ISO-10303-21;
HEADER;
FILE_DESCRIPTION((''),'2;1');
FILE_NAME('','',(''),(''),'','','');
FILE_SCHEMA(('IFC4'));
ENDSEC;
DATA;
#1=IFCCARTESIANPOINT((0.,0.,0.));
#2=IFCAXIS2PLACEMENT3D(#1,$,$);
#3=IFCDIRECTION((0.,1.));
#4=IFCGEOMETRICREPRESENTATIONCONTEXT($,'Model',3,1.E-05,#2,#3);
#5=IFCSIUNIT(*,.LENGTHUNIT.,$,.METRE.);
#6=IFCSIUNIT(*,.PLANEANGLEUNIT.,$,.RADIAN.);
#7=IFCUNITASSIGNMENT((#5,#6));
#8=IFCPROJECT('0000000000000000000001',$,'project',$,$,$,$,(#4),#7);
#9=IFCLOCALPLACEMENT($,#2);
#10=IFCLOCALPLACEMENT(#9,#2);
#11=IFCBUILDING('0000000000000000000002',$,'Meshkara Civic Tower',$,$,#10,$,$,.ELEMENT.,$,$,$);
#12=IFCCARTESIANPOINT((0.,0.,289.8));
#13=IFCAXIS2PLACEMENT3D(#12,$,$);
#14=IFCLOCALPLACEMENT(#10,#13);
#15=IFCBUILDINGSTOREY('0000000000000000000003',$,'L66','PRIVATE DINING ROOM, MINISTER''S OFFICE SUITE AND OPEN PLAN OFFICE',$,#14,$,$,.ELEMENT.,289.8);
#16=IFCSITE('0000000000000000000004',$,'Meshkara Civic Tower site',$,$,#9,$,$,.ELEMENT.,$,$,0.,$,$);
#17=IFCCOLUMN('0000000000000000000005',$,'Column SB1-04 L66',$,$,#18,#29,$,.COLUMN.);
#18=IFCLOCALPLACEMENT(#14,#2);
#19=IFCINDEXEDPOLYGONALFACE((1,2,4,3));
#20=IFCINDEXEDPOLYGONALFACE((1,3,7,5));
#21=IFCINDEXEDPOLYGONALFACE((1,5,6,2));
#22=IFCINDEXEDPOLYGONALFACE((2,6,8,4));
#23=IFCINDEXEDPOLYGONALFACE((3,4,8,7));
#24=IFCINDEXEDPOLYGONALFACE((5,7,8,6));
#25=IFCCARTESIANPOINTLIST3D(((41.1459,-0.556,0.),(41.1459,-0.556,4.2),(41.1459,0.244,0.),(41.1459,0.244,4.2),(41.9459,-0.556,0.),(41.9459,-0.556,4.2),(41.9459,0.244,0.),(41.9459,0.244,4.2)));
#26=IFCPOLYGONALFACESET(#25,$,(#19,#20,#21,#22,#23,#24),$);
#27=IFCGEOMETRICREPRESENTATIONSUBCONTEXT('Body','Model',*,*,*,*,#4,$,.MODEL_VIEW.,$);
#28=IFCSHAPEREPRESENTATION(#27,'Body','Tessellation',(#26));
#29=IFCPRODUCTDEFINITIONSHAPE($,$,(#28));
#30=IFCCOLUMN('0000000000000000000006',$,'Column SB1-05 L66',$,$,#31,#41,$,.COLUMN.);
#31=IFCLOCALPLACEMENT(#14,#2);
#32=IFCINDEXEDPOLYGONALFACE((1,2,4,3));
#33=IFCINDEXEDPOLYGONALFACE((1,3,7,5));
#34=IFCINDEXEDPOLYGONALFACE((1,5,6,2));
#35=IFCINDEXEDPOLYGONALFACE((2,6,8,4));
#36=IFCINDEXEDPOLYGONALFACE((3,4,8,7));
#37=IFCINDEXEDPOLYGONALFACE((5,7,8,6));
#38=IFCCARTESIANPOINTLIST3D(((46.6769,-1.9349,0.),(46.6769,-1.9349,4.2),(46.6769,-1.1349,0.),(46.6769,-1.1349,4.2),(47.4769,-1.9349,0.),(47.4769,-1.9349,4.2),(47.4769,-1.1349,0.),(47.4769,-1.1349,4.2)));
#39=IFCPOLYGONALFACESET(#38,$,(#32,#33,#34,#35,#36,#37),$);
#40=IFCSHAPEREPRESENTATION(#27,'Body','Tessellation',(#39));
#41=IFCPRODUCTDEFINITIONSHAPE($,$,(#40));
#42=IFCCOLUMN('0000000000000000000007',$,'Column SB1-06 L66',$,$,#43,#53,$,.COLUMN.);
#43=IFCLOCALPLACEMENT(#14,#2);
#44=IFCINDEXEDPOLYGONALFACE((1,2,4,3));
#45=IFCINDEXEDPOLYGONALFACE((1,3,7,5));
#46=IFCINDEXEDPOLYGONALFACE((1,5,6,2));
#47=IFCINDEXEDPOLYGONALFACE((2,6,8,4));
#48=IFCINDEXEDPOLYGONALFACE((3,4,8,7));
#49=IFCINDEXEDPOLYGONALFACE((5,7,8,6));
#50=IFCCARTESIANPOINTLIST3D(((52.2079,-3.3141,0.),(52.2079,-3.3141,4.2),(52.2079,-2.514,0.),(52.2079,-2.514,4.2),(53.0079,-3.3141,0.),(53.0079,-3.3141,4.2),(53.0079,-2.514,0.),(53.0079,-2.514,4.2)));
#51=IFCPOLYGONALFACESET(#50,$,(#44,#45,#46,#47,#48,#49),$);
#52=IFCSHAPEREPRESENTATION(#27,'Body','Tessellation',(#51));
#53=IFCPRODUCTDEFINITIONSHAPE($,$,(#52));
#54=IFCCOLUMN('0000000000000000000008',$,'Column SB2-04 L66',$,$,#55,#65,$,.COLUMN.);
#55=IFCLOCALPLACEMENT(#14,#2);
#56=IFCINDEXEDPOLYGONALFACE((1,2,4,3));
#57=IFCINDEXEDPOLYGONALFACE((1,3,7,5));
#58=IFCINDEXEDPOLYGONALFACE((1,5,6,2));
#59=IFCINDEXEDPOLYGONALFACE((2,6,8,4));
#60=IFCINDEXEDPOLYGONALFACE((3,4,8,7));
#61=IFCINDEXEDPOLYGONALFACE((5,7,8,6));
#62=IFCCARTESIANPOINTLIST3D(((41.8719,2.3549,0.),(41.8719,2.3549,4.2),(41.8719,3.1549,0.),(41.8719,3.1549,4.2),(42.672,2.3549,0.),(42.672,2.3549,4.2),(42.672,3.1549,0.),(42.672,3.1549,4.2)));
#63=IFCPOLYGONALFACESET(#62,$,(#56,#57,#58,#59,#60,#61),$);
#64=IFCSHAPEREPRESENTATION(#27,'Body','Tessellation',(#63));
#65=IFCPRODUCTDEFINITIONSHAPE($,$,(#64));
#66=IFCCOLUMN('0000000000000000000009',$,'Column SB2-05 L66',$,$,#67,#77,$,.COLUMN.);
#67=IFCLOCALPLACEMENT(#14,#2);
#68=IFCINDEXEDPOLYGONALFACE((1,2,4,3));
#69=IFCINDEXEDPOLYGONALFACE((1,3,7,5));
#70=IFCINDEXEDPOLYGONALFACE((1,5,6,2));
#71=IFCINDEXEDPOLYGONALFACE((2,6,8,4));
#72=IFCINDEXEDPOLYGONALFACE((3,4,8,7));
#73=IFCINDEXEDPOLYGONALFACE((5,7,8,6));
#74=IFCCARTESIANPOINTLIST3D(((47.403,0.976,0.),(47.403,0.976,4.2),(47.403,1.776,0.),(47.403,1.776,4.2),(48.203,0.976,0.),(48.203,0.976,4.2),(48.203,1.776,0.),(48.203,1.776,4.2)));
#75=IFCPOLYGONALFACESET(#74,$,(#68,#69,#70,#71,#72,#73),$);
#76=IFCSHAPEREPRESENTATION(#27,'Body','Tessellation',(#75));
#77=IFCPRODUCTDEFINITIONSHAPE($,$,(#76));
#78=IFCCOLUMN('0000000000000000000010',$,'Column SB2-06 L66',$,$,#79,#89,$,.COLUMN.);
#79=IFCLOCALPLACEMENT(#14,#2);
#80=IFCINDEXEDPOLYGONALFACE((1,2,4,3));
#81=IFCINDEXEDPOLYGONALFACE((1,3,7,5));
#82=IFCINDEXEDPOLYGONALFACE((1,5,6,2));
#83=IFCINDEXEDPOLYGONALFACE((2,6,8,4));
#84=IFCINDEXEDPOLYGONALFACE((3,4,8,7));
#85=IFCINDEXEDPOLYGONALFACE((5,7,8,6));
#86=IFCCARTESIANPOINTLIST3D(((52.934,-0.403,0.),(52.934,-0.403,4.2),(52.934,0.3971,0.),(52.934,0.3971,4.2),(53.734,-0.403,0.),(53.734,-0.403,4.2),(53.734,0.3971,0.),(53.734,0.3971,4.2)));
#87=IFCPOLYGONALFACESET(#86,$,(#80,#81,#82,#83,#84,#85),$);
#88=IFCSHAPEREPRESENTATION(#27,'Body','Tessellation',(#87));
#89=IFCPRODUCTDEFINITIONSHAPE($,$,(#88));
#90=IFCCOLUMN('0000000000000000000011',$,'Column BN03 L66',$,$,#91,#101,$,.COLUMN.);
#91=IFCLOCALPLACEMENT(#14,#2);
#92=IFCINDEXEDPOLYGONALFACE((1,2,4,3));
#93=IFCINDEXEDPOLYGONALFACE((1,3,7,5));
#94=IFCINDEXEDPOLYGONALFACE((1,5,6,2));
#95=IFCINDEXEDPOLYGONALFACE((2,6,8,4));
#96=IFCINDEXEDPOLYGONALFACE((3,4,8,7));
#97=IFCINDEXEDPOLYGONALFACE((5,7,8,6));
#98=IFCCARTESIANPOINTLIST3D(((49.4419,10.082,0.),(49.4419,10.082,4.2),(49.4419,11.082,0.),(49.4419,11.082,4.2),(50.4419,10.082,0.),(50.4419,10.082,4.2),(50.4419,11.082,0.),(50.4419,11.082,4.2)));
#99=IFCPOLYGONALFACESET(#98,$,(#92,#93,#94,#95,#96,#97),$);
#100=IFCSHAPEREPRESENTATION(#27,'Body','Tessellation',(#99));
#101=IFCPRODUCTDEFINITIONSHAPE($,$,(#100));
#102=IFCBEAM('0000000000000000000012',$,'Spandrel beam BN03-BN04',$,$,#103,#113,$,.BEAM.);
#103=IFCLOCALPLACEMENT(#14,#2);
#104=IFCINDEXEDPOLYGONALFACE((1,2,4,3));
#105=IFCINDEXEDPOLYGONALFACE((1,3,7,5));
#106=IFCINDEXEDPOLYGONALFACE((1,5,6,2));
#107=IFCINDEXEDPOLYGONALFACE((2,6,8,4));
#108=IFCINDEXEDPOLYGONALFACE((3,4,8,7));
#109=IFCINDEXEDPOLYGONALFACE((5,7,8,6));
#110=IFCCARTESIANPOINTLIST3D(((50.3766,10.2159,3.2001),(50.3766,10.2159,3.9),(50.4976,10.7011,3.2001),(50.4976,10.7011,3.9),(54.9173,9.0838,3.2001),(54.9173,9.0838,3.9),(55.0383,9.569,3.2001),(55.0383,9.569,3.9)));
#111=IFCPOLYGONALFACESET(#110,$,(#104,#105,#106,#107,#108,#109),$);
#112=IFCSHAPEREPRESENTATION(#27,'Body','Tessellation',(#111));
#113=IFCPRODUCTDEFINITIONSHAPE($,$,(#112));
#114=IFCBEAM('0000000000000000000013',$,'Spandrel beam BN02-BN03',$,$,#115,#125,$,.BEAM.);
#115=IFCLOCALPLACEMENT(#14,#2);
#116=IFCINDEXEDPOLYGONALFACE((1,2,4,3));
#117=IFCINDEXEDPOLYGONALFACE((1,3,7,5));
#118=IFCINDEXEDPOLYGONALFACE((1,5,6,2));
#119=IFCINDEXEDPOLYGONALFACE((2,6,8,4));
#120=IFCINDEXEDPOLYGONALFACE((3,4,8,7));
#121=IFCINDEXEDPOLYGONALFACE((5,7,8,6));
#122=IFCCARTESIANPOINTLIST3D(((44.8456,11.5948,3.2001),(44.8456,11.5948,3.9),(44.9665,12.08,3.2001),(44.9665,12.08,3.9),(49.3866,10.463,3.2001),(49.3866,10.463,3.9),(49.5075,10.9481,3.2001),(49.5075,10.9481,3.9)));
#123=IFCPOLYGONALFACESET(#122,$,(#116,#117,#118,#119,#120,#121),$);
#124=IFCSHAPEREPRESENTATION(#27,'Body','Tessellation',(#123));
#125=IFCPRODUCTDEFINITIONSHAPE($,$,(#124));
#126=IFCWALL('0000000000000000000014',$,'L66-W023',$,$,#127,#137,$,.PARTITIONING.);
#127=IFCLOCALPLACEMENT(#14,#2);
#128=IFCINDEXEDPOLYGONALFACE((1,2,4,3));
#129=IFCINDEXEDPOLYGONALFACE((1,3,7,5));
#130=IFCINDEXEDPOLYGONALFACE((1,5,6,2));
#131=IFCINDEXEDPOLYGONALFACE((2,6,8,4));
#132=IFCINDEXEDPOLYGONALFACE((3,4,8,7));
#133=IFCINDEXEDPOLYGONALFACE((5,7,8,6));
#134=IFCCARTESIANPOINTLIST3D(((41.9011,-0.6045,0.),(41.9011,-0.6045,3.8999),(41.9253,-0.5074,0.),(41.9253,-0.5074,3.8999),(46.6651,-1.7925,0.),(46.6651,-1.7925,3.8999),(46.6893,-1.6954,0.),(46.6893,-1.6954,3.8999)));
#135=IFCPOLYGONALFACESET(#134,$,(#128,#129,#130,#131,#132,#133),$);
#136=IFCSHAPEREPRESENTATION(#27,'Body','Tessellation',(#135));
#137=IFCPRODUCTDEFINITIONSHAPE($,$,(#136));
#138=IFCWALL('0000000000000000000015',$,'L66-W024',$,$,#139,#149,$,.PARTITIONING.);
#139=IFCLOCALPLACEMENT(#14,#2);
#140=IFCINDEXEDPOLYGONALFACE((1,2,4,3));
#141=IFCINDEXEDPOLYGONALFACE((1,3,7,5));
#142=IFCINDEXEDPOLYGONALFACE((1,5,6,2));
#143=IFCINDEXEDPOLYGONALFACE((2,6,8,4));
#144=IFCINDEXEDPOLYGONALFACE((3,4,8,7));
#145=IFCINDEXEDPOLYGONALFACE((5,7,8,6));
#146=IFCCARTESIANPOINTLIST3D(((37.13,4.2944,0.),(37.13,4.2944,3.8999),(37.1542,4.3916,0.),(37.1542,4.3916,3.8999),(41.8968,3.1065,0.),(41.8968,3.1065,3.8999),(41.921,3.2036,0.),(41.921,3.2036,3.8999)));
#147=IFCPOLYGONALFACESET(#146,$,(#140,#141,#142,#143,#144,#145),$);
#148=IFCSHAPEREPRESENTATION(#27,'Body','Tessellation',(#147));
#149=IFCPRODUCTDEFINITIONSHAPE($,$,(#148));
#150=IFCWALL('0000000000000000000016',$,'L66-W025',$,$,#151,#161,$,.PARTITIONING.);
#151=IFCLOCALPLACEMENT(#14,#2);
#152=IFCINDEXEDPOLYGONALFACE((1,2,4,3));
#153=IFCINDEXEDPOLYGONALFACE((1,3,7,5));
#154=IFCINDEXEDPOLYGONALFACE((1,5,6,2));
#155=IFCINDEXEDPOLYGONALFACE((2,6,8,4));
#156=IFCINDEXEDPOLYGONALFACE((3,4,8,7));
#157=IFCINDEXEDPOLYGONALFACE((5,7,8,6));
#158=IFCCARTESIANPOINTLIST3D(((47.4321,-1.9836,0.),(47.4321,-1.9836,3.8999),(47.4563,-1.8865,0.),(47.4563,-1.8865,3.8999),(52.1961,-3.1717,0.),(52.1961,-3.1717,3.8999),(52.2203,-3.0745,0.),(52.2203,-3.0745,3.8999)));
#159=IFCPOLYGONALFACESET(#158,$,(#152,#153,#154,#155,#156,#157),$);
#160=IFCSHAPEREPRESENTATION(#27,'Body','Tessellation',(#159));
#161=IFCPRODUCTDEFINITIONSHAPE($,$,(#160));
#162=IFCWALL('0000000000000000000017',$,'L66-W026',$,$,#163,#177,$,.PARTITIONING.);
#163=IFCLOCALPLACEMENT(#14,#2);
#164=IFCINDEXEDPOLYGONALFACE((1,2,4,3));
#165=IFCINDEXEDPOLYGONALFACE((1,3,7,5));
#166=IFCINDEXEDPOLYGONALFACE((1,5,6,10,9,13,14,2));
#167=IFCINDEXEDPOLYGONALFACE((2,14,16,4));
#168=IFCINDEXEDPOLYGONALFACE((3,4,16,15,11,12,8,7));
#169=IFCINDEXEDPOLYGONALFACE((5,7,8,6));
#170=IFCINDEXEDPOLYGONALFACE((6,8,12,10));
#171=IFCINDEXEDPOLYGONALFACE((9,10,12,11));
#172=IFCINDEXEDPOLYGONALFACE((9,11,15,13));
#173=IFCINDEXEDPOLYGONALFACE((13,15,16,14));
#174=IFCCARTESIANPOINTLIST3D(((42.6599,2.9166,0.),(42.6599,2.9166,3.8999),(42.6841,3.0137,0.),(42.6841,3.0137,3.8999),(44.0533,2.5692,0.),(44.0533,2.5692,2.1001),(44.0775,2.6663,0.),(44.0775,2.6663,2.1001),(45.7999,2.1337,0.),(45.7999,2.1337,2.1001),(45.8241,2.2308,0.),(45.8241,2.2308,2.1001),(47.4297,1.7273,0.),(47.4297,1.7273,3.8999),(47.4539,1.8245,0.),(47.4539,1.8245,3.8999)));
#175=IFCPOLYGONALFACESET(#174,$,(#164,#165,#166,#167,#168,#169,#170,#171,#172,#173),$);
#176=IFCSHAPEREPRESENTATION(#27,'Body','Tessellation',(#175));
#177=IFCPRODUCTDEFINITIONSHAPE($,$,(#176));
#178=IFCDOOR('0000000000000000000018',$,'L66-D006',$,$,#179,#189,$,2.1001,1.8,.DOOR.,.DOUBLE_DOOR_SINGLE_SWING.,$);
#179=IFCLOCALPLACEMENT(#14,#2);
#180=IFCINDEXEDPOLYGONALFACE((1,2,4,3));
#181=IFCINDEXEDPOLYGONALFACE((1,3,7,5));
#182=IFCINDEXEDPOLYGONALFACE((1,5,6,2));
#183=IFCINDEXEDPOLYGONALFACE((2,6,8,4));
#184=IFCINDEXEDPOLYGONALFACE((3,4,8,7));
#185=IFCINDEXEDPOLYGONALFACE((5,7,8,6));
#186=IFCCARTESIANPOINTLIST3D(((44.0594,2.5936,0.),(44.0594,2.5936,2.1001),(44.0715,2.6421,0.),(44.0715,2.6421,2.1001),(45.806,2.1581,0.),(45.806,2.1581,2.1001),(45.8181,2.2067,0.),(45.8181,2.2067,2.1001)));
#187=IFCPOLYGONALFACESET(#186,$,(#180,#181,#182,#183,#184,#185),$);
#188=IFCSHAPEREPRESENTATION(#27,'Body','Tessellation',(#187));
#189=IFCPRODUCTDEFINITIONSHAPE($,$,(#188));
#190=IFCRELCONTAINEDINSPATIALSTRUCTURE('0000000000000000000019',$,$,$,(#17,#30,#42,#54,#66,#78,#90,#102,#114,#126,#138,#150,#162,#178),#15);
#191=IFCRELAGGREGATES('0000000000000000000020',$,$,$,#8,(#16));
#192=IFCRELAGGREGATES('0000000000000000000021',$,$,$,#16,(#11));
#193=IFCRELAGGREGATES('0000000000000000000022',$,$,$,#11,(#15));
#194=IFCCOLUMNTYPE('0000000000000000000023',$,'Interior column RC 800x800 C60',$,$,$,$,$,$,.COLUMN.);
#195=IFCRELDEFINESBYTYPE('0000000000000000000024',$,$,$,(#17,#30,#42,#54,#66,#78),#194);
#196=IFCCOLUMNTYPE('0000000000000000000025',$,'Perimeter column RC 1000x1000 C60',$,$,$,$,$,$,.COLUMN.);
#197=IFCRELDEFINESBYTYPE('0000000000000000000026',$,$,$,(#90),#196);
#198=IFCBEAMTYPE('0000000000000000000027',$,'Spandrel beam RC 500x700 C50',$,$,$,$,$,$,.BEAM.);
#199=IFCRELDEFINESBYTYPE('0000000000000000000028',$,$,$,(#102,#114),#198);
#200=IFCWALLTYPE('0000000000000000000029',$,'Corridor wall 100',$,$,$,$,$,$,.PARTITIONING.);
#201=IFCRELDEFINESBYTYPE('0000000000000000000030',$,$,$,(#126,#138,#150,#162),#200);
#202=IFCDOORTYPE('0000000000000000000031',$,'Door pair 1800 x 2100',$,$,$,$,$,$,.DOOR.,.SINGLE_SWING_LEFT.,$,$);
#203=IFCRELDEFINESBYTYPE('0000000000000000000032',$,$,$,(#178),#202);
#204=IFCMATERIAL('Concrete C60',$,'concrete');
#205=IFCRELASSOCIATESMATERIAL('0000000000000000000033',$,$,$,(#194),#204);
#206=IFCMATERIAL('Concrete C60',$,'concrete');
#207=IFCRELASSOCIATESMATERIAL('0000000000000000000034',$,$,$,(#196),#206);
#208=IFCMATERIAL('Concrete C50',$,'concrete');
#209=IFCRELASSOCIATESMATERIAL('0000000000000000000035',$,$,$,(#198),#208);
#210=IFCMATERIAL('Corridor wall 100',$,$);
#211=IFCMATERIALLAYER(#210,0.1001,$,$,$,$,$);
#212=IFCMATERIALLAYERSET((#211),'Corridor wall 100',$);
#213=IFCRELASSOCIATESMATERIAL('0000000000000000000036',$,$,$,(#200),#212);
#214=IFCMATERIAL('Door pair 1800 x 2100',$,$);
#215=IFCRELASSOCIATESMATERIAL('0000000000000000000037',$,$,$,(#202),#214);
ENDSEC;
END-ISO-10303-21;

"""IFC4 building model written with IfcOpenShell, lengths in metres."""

from ifc_helpers import new_model, si_unit, direction, frame, frame_2d, origin, origin_2d, place, context, subcontext, project, spatial, rectangle, extrude, material, layer, layer_set, material_profile, profile_set, type_object, element, fill, save


model = new_model("IFC4")

# Units and contexts
model_context = context("Model", 3, precision=1e-05, world=origin(), true_north=direction((0.0, 1.0)))
body_context = subcontext(model_context, "Body", "Model", "MODEL_VIEW")
ifc_project = project(units=[si_unit("LENGTHUNIT", "METRE"), si_unit("PLANEANGLEUNIT", "RADIAN")], contexts=[model_context])

# Site, building, storey
site_placement = place(None, origin())
site = spatial("IfcSite", under=ifc_project, at=site_placement, Name="Meshkara Civic Tower site", CompositionType="ELEMENT", RefElevation=0.0)
building_placement = place(site_placement, origin())
building = spatial("IfcBuilding", under=site, at=building_placement, Name="Meshkara Civic Tower", CompositionType="ELEMENT")
storey_placement = place(building_placement, frame((0.0, 0.0, 289.8)))
storey = spatial("IfcBuildingStorey", under=building, at=storey_placement, Name="L66", Description="PRIVATE DINING ROOM, MINISTER'S OFFICE SUITE AND OPEN PLAN OFFICE", CompositionType="ELEMENT", Elevation=289.8)

# Columns
ifc_material_1 = material(Name="Concrete C60", Category="concrete")
ifc_material_profile_1 = material_profile(ifc_material_1, rectangle(XDim=0.8, YDim=0.8, at=origin_2d()))
ifc_profile_set_1 = profile_set([ifc_material_profile_1], Name="Concrete C60")
column_type_1 = type_object("IfcColumnType", Name="Interior column RC 800x800 C60", PredefinedType="COLUMN", material=ifc_profile_set_1)
for number, where, z_axis, x_axis, name in (
    (1, (41.5459, -0.156, 0.0), (0.0, 0.0, 1.0), (1.0, 0.0, 0.0), "Column SB1-04 L66"),
    (2, (47.0769, -1.5349, 0.0), (0.0, 0.0, 1.0), (1.0, 0.0, 0.0), "Column SB1-05 L66"),
    (3, (52.6079, -2.9141, 0.0), (0.0, 0.0, 1.0), (1.0, 0.0, 0.0), "Column SB1-06 L66"),
    (4, (42.272, 2.7549, 0.0), (0.0, 0.0, 1.0), (1.0, 0.0, 0.0), "Column SB2-04 L66"),
    (5, (47.803, 1.376, 0.0), (0.0, 0.0, 1.0), (1.0, 0.0, 0.0), "Column SB2-05 L66"),
    (6, (53.334, -0.0029, 0.0), (0.0, 0.0, 1.0), (1.0, 0.0, 0.0), "Column SB2-06 L66"),
):
    element("IfcColumn", number, at=place(storey_placement, frame(where, z_axis=z_axis, x_axis=x_axis)), inside=storey, type_object=column_type_1, Name=name, PredefinedType="COLUMN", context=body_context, shape_type="SweptSolid", body=[
        extrude(rectangle(XDim=0.8, YDim=0.8, at=origin_2d()), origin(), (0.0, 0.0, 1.0), 4.2),
    ])
ifc_material_2 = material(Name="Concrete C60", Category="concrete")
ifc_material_profile_2 = material_profile(ifc_material_2, rectangle(XDim=1.0, YDim=1.0, at=origin_2d()))
ifc_profile_set_2 = profile_set([ifc_material_profile_2], Name="Concrete C60")
column_type_2 = type_object("IfcColumnType", Name="Perimeter column RC 1000x1000 C60", PredefinedType="COLUMN", material=ifc_profile_set_2)
column_placement = place(storey_placement, frame((49.9419, 10.582, 0.0), z_axis=(0.0, 0.0, 1.0), x_axis=(1.0, 0.0, 0.0)))
element("IfcColumn", 7, at=column_placement, inside=storey, type_object=column_type_2, Name="Column BN03 L66", PredefinedType="COLUMN", context=body_context, shape_type="SweptSolid", body=[
    extrude(rectangle(XDim=1.0, YDim=1.0, at=origin_2d()), origin(), (0.0, 0.0, 1.0), 4.2),
])

# Beams
ifc_material_3 = material(Name="Concrete C50", Category="concrete")
ifc_material_profile_3 = material_profile(ifc_material_3, rectangle(XDim=0.5, YDim=0.7, at=origin_2d()))
ifc_profile_set_3 = profile_set([ifc_material_profile_3], Name="Concrete C50")
beam_type = type_object("IfcBeamType", Name="Spandrel beam RC 500x700 C50", PredefinedType="BEAM", material=ifc_profile_set_3)
beam_1_placement = place(storey_placement, frame((54.9778, 9.3264, 3.55), z_axis=(-0.970299, 0.24191, 0.0), x_axis=(-0.24191, -0.970299, 0.0)))
element("IfcBeam", 8, at=beam_1_placement, inside=storey, type_object=beam_type, Name="Spandrel beam BN03-BN04", PredefinedType="BEAM", context=body_context, shape_type="SweptSolid", body=[
    extrude(rectangle(XDim=0.5, YDim=0.7, at=origin_2d()), origin(), (0.0, 0.0, 1.0), 4.6797),
])
beam_2_placement = place(storey_placement, frame((49.447, 10.7056, 3.55), z_axis=(-0.970314, 0.241848, 0.0), x_axis=(-0.241848, -0.970314, 0.0)))
element("IfcBeam", 9, at=beam_2_placement, inside=storey, type_object=beam_type, Name="Spandrel beam BN02-BN03", PredefinedType="BEAM", context=body_context, shape_type="SweptSolid", body=[
    extrude(rectangle(XDim=0.5, YDim=0.7, at=origin_2d()), origin(), (0.0, 0.0, 1.0), 4.6799),
])

# Walls
ifc_material_4 = material(Name="Corridor wall 100")
ifc_layer_1 = layer(ifc_material_4, 0.1001)
ifc_layer_set_1 = layer_set([ifc_layer_1], Name="Corridor wall 100")
wall_type_1 = type_object("IfcWallType", Name="Corridor wall 100", PredefinedType="PARTITIONING", material=ifc_layer_set_1)
wall_1_placement = place(storey_placement, frame((41.9131, -0.5559, 0.0), z_axis=(0.0, 0.0, 1.0), x_axis=(0.970286, -0.241962, 0.0)))
element("IfcWall", 10, at=wall_1_placement, inside=storey, type_object=wall_type_1, Name="L66-W023", PredefinedType="PARTITIONING", context=body_context, shape_type="SweptSolid", body=[
    extrude(rectangle(XDim=4.9099, YDim=0.1001, at=frame_2d((2.4551, 0.0))), origin(), (0.0, 0.0, 1.0), 3.8999),
])
wall_2_placement = place(storey_placement, frame((41.9089, 3.155, 0.0), z_axis=(0.0, 0.0, 1.0), x_axis=(-0.970321, 0.241822, 0.0)))
element("IfcWall", 11, at=wall_2_placement, inside=storey, type_object=wall_type_1, Name="L66-W024", PredefinedType="PARTITIONING", context=body_context, shape_type="SweptSolid", body=[
    extrude(rectangle(XDim=4.9126, YDim=0.1001, at=frame_2d((2.4563, 0.0))), origin(), (0.0, 0.0, 1.0), 3.8999),
])
wall_3_placement = place(storey_placement, frame((47.4441, -1.9351, 0.0), z_axis=(0.0, 0.0, 1.0), x_axis=(0.970286, -0.241962, 0.0)))
element("IfcWall", 12, at=wall_3_placement, inside=storey, type_object=wall_type_1, Name="L66-W025", PredefinedType="PARTITIONING", context=body_context, shape_type="SweptSolid", body=[
    extrude(rectangle(XDim=4.9099, YDim=0.1001, at=frame_2d((2.4551, 0.0))), origin(), (0.0, 0.0, 1.0), 3.8999),
])

# Wall, opening, door
wall_4_placement = place(storey_placement, frame((47.4419, 1.7759, 0.0), z_axis=(0.0, 0.0, 1.0), x_axis=(-0.970297, 0.241916, 0.0)))
wall_4 = element("IfcWall", 13, at=wall_4_placement, inside=storey, type_object=wall_type_1, Name="L66-W026", PredefinedType="PARTITIONING", context=body_context, shape_type="SweptSolid", body=[
    extrude(rectangle(XDim=4.9158, YDim=0.1001, at=frame_2d((2.458, 0.0))), origin(), (0.0, 0.0, 1.0), 3.8999),
])
opening_1_placement = place(wall_4_placement, frame((1.6799, 0.0, 0.0)))
opening_1 = element("IfcOpeningElement", 14, at=opening_1_placement, cuts=wall_4, PredefinedType="OPENING", context=body_context, shape_type="SweptSolid", body=[
    extrude(rectangle(XDim=1.8, YDim=2.1001, at=frame_2d((0.8999, 1.05))), frame((0.0, 0.0601, 0.0), z_axis=(0.0, -1.0, 0.0), x_axis=(1.0, 0.0, 0.0)), (0.0, 0.0, 1.0), 0.1201),
])
ifc_material_5 = material(Name="Door pair 1800 x 2100")
door_type_1 = type_object("IfcDoorType", Name="Door pair 1800 x 2100", OperationType="SINGLE_SWING_LEFT", PredefinedType="DOOR", material=ifc_material_5)
door_1_placement = place(opening_1_placement, origin())
door_1 = element("IfcDoor", 15, at=door_1_placement, inside=storey, type_object=door_type_1, Name="L66-D006", OperationType="DOUBLE_DOOR_SINGLE_SWING", OverallHeight=2.1001, OverallWidth=1.8, PredefinedType="DOOR", context=body_context, shape_type="SweptSolid", body=[
    extrude(rectangle(XDim=1.8, YDim=2.1001, at=frame_2d((0.8999, 1.05))), frame((0.0, 0.0249, 0.0), z_axis=(0.0, -1.0, 0.0), x_axis=(1.0, 0.0, 0.0)), (0.0, 0.0, 1.0), 0.05),
])
fill(opening_1, door_1)

save(model, "model.ifc")
